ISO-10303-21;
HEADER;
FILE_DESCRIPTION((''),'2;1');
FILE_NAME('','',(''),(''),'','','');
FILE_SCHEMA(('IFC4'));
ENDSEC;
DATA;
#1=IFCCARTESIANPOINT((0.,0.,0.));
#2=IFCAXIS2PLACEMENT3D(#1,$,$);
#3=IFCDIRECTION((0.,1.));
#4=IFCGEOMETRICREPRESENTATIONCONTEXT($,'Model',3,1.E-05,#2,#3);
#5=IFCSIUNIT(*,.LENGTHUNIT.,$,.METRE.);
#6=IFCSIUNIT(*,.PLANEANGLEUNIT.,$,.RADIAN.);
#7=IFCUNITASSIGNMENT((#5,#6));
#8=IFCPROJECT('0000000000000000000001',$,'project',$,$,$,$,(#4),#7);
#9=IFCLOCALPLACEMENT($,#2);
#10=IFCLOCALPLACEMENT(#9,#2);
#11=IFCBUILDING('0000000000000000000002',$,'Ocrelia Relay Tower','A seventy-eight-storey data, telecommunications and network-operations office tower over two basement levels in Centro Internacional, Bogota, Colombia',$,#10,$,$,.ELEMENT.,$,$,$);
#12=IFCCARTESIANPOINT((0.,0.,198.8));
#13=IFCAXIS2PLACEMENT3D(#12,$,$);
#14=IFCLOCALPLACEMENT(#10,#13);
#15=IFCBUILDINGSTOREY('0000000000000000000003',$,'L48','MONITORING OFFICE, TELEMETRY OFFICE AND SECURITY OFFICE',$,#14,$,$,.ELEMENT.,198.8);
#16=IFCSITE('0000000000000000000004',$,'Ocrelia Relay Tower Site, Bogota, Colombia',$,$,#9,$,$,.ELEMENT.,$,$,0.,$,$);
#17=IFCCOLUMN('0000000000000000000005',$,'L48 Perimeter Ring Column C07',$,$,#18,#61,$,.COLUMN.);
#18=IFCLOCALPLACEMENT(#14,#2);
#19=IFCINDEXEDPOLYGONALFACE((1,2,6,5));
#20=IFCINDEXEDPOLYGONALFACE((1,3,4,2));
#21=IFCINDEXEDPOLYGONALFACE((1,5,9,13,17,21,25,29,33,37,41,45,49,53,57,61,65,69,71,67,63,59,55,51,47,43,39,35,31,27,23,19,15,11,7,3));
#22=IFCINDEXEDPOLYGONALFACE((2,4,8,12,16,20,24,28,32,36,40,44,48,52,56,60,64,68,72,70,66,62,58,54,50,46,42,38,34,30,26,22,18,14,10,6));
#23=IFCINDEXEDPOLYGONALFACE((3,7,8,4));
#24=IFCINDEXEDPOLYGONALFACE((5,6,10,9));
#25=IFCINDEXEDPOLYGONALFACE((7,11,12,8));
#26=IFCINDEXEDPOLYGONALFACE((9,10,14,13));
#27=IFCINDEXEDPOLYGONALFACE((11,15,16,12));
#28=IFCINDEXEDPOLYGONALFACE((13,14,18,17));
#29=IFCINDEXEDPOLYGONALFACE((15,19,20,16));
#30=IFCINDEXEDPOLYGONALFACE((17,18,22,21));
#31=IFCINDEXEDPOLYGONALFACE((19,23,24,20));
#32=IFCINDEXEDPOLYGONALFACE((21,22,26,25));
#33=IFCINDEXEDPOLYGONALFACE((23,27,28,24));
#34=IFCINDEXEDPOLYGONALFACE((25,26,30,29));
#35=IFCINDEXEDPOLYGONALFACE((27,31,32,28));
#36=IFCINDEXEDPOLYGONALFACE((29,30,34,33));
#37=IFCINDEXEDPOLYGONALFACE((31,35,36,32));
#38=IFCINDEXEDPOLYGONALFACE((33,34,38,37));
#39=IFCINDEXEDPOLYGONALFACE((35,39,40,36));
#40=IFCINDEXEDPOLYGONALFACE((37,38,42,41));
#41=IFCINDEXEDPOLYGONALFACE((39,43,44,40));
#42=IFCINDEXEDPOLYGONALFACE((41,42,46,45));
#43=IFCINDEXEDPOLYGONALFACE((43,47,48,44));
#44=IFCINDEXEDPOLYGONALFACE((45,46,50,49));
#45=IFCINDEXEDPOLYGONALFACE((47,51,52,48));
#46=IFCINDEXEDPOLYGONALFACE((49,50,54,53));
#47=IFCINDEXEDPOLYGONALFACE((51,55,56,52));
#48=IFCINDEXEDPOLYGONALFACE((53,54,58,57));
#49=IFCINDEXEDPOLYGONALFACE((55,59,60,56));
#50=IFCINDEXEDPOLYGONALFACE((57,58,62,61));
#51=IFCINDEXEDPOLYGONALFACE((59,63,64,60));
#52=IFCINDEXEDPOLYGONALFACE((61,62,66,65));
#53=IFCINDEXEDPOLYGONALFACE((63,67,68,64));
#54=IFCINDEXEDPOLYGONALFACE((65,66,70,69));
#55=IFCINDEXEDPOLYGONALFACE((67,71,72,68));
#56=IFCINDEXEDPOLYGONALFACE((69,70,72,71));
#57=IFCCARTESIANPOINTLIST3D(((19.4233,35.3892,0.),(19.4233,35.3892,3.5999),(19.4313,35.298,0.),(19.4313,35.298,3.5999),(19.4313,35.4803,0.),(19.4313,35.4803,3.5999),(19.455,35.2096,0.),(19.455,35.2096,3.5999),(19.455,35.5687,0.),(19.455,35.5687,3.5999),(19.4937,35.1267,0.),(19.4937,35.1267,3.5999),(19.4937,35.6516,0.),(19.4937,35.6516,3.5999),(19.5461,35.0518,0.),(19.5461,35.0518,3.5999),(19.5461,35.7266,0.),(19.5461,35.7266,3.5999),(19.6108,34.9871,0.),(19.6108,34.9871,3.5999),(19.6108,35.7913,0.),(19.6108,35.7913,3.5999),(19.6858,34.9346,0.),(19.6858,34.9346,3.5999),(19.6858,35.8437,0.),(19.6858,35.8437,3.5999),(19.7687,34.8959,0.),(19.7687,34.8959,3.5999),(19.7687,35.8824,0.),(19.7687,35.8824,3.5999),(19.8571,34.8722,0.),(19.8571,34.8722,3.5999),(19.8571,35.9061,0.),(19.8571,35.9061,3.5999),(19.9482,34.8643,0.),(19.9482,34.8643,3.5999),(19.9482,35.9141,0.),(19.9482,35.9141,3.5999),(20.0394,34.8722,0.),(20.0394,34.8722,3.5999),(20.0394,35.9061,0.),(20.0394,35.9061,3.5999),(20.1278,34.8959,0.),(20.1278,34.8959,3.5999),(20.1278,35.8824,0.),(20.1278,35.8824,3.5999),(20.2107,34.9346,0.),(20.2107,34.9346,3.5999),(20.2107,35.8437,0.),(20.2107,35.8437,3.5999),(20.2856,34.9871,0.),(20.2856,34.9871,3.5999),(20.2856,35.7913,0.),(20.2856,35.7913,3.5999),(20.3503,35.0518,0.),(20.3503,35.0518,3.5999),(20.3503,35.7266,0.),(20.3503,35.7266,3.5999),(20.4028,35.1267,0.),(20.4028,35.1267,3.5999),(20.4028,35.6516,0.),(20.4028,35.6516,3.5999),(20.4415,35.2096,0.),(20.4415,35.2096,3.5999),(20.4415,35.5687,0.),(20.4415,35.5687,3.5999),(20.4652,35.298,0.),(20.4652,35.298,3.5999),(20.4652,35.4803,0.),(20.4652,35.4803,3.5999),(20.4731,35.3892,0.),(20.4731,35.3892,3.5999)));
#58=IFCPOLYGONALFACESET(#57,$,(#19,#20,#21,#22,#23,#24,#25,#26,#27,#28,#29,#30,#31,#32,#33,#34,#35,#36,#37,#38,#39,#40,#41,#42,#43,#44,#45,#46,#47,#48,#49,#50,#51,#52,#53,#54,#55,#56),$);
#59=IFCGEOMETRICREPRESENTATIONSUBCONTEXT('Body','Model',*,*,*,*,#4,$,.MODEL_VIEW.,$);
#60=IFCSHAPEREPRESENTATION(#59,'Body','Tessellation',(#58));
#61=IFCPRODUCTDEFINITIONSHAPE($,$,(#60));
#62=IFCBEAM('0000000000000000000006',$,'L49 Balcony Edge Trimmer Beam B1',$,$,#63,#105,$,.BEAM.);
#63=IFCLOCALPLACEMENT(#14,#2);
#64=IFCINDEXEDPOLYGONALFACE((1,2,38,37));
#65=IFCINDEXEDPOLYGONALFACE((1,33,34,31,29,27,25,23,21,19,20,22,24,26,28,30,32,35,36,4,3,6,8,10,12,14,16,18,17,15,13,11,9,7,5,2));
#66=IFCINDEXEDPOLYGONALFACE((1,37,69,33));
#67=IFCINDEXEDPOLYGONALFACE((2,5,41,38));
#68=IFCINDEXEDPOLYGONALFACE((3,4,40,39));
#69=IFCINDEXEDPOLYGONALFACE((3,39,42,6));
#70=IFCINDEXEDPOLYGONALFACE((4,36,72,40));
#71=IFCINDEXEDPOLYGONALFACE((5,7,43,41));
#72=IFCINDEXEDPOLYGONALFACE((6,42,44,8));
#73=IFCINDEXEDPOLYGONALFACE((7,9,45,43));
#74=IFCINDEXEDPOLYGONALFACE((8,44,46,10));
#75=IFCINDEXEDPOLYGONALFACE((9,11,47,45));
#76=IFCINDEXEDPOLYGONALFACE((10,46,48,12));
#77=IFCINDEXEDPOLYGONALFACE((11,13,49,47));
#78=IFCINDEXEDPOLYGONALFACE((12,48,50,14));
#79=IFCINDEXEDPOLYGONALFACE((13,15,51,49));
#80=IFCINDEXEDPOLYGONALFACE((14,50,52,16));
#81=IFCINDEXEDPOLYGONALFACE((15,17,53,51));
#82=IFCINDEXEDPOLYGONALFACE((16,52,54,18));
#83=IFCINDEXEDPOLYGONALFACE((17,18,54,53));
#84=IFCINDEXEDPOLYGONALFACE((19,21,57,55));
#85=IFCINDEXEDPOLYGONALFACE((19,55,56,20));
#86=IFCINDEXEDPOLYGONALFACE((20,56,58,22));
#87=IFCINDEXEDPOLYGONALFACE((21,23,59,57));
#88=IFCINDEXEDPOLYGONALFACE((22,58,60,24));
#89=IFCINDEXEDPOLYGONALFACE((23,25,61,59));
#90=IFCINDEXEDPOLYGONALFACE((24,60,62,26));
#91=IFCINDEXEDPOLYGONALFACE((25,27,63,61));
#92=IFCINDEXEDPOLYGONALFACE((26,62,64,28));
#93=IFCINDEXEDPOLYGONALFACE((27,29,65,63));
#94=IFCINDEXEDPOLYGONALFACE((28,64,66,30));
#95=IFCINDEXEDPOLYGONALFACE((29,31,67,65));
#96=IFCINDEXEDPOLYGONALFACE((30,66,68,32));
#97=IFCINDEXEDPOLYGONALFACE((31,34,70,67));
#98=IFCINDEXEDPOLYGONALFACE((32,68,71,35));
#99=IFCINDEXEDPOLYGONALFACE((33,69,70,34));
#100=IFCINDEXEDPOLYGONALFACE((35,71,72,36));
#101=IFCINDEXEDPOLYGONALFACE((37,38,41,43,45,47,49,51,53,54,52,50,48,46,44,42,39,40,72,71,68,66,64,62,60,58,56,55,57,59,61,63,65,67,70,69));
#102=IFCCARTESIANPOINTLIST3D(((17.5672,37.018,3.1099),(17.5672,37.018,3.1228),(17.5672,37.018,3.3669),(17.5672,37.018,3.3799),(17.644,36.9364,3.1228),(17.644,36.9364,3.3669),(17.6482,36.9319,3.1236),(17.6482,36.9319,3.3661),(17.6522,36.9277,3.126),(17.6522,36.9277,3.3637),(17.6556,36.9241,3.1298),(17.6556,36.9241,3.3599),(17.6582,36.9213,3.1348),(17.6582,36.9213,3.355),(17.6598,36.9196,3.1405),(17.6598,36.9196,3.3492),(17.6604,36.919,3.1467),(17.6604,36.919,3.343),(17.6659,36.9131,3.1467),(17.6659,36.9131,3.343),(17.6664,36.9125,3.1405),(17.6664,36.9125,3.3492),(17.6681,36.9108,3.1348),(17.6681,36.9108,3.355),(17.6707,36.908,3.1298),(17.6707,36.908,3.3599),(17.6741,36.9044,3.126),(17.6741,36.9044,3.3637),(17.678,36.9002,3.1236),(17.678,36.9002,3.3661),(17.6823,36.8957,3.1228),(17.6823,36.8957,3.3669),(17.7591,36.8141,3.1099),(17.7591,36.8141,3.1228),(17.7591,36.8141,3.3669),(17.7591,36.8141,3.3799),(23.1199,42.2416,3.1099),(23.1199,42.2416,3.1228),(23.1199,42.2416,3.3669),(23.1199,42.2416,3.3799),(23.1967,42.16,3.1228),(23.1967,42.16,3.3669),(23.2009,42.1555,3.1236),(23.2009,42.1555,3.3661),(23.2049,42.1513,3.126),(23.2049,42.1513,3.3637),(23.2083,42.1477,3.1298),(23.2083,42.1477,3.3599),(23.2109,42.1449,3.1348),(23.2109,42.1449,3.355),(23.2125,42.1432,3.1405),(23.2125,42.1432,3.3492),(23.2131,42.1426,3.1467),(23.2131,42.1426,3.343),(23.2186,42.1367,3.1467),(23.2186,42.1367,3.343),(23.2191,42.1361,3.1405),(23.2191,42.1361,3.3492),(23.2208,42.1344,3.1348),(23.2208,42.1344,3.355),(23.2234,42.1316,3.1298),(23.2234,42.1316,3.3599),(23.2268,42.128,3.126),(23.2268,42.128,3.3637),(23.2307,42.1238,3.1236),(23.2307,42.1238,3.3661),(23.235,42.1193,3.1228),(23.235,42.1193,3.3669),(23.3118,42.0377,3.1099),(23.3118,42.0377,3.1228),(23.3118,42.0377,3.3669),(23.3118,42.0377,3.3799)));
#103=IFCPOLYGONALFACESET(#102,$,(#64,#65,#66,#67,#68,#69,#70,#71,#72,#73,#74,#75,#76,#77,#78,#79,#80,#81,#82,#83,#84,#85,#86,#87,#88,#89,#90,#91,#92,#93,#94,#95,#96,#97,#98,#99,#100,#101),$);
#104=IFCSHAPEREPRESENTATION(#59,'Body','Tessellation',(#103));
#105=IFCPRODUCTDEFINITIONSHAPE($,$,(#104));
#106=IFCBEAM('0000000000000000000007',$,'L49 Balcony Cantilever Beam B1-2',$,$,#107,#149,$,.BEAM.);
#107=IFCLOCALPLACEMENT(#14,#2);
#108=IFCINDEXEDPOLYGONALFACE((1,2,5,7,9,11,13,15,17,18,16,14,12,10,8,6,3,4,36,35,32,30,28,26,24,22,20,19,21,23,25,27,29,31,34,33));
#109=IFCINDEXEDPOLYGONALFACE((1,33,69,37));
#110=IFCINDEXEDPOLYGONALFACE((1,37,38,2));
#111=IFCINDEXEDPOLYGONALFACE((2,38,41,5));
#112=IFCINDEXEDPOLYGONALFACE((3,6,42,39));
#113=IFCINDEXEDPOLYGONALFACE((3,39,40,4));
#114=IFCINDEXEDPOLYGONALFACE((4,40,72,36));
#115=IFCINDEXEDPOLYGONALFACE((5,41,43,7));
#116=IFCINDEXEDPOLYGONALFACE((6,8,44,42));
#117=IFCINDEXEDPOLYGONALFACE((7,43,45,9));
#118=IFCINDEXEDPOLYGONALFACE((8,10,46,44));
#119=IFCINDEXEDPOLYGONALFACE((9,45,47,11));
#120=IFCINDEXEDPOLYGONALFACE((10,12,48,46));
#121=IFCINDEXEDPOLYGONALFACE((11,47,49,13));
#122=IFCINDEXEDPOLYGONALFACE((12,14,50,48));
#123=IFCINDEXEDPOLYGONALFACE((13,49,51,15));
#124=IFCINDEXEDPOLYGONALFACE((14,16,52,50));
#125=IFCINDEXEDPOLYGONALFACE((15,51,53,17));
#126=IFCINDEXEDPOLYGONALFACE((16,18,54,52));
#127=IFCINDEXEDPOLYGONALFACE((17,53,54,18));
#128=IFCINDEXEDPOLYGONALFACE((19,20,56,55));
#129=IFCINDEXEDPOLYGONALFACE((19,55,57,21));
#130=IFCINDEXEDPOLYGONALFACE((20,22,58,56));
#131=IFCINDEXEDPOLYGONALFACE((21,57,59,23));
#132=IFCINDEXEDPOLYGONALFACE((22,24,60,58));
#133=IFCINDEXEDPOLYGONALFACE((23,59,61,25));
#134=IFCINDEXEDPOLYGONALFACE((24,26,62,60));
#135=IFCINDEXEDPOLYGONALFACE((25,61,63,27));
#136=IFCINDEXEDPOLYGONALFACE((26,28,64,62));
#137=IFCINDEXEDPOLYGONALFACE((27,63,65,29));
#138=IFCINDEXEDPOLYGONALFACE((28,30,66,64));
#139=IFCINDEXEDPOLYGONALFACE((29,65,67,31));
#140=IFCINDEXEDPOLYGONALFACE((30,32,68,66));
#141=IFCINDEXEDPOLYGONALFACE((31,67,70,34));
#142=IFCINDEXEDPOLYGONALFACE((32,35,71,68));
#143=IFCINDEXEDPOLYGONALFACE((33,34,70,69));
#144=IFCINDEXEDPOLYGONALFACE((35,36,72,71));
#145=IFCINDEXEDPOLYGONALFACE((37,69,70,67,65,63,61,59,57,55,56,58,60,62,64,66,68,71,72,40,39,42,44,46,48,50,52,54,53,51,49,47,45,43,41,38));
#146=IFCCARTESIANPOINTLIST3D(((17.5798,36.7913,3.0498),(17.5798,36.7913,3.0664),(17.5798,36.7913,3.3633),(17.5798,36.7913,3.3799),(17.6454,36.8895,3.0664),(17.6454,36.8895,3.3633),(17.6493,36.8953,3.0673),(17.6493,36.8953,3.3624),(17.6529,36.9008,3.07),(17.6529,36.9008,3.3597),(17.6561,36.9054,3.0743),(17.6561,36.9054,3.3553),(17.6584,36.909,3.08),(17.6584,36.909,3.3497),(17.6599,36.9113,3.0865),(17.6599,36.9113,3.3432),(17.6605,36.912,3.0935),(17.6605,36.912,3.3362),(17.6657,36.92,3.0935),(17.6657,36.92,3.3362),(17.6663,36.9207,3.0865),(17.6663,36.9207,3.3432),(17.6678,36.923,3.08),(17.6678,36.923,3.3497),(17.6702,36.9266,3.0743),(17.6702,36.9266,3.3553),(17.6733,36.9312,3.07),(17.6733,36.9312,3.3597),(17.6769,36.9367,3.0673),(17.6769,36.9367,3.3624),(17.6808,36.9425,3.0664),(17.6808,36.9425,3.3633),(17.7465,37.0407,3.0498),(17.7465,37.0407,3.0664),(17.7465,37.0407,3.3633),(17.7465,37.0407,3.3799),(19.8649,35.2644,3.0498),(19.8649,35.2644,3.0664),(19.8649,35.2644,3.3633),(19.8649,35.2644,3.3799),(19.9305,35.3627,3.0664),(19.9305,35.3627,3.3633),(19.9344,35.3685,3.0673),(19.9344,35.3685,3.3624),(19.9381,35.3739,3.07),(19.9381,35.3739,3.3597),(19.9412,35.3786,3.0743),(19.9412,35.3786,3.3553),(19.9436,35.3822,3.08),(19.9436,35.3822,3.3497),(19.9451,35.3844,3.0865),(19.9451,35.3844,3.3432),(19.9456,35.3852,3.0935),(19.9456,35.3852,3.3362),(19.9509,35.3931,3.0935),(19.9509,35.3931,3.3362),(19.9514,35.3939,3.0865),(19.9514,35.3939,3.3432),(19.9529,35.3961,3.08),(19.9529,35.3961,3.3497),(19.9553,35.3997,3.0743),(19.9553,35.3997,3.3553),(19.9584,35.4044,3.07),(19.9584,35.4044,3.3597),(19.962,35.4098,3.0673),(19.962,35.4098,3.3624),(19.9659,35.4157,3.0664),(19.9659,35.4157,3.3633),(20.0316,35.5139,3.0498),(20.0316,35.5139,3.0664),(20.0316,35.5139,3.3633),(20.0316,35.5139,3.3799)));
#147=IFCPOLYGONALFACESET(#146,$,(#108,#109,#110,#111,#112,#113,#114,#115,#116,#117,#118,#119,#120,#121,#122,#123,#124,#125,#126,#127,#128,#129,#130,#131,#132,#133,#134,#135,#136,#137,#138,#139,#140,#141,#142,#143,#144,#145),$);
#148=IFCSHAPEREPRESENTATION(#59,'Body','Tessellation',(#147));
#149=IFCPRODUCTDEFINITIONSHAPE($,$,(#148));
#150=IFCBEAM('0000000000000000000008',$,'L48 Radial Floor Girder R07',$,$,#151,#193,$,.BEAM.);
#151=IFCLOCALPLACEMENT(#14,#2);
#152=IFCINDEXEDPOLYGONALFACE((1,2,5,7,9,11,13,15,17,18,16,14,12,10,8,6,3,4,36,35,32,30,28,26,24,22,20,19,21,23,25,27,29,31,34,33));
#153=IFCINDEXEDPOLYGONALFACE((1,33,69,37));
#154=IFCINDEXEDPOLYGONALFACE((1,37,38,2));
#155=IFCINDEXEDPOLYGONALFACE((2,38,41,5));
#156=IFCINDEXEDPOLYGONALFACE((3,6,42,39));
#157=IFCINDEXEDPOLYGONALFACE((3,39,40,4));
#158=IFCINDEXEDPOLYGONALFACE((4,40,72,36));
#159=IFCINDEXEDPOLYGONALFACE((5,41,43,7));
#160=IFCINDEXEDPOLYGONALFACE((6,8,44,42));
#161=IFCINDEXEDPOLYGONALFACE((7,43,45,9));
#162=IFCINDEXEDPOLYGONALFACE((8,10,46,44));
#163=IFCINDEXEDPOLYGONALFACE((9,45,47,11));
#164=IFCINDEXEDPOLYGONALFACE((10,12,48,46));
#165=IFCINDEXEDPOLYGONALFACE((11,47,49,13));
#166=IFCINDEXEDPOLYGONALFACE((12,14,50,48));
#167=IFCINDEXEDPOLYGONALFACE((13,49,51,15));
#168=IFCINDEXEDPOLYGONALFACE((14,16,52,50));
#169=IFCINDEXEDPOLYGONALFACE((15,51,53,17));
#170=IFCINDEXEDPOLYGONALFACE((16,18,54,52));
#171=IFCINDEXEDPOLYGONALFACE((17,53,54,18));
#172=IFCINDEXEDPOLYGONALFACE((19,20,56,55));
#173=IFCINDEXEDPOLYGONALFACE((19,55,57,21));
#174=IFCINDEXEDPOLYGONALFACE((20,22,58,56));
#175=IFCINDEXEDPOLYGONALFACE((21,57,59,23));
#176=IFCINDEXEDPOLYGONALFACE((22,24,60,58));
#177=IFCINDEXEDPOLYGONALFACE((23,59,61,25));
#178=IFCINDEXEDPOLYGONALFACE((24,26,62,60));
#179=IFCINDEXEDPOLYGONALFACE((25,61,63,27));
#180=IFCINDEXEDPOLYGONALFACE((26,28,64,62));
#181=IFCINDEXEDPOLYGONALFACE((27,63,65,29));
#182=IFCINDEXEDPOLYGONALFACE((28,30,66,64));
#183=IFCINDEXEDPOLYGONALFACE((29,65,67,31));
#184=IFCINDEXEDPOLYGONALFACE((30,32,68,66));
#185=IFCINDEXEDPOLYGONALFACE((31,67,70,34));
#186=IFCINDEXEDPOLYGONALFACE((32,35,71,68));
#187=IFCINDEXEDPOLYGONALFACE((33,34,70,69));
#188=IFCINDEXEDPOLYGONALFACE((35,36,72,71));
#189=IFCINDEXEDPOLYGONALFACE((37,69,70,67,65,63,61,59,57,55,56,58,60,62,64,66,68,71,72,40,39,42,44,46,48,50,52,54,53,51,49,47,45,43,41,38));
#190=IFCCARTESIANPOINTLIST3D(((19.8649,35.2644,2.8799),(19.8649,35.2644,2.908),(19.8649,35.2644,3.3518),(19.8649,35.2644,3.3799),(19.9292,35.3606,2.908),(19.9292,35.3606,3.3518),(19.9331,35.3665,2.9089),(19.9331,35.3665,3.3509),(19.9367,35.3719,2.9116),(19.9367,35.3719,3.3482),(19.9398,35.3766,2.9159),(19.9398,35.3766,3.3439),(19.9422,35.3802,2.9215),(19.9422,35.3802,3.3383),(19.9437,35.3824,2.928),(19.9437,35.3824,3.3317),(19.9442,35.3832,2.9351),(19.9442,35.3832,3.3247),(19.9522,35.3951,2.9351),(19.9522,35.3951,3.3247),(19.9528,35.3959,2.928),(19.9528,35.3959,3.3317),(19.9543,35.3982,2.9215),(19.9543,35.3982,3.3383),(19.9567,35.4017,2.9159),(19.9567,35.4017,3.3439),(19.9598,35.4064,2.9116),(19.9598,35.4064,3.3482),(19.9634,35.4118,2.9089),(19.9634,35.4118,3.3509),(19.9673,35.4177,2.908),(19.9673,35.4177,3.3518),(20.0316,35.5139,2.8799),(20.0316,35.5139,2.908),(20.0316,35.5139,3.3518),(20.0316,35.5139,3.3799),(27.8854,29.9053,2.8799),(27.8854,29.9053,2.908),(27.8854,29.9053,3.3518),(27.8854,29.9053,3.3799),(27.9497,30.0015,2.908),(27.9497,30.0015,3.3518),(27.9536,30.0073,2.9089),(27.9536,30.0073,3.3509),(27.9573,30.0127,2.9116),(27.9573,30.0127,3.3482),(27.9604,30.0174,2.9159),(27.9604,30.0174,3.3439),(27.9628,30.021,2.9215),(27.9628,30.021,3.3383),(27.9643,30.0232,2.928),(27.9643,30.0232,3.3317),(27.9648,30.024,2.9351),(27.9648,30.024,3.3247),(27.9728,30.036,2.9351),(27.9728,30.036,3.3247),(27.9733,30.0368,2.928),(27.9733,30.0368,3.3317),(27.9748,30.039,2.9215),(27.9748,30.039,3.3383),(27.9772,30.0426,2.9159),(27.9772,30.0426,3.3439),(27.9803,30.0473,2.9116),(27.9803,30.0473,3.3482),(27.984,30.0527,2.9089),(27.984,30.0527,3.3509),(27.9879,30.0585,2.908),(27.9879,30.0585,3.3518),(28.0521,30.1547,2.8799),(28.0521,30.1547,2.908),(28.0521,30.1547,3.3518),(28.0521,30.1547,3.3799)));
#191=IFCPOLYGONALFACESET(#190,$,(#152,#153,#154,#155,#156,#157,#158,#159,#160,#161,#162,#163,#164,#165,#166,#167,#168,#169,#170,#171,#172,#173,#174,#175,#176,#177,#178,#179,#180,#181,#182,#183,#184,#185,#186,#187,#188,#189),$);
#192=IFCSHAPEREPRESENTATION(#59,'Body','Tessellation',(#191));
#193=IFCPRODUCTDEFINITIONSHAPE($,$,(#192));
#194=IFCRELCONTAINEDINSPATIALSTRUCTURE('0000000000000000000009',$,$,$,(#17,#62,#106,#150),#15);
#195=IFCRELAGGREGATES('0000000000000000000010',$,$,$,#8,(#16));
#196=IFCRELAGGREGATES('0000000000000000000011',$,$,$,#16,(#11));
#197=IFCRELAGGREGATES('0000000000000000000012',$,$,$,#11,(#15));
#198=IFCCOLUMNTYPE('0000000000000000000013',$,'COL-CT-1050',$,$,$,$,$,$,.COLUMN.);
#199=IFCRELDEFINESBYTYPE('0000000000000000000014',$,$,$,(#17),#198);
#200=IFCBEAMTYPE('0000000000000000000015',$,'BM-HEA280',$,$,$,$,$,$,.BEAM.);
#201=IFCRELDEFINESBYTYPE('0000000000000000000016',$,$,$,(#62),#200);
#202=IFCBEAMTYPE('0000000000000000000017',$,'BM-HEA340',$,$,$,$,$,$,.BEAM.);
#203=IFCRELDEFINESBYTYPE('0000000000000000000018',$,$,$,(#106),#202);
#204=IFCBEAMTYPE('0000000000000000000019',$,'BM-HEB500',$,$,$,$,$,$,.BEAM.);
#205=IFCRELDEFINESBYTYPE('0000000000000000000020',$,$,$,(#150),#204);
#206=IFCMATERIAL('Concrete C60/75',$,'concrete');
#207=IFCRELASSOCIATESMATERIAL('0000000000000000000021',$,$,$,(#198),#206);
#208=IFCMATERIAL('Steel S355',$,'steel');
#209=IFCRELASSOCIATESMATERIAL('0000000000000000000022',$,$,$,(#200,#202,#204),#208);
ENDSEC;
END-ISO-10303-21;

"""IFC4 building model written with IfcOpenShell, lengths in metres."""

from ifc_helpers import new_model, si_unit, direction, frame, origin, origin_2d, place, context, subcontext, project, spatial, circle, i_section, extrude, material, material_profile, profile_set, type_object, element, save


model = new_model("IFC4")

# Units and contexts
model_context = context("Model", 3, precision=1e-05, world=origin(), true_north=direction((0.0, 1.0)))
body_context = subcontext(model_context, "Body", "Model", "MODEL_VIEW")
ifc_project = project(units=[si_unit("LENGTHUNIT", "METRE"), si_unit("PLANEANGLEUNIT", "RADIAN")], contexts=[model_context])

# Site, building, storey
site_placement = place(None, origin())
site = spatial("IfcSite", under=ifc_project, at=site_placement, Name="Ocrelia Relay Tower Site, Bogota, Colombia", CompositionType="ELEMENT", RefElevation=0.0)
building_placement = place(site_placement, origin())
building = spatial("IfcBuilding", under=site, at=building_placement, Name="Ocrelia Relay Tower", Description="A seventy-eight-storey data, telecommunications and network-operations office tower over two basement levels in Centro Internacional, Bogota, Colombia", CompositionType="ELEMENT")
storey_placement = place(building_placement, frame((0.0, 0.0, 198.8)))
storey = spatial("IfcBuildingStorey", under=building, at=storey_placement, Name="L48", Description="MONITORING OFFICE, TELEMETRY OFFICE AND SECURITY OFFICE", CompositionType="ELEMENT", Elevation=198.8)

# Column
ifc_material_1 = material(Name="Concrete C60/75", Category="concrete")
ifc_material_profile_1 = material_profile(ifc_material_1, circle(Radius=0.5249, at=origin_2d()), Name="RC-CIR-1050")
ifc_profile_set_1 = profile_set([ifc_material_profile_1], Name="Concrete C60/75")
column_type = type_object("IfcColumnType", Name="COL-CT-1050", PredefinedType="COLUMN", material=ifc_profile_set_1)
column_placement = place(storey_placement, frame((19.9482, 35.3892, 0.0), z_axis=(0.0, 0.0, 1.0), x_axis=(1.0, 0.0, 0.0)))
element("IfcColumn", 1, at=column_placement, inside=storey, type_object=column_type, Name="L48 Perimeter Ring Column C07", PredefinedType="COLUMN", context=body_context, shape_type="SweptSolid", body=[
    extrude(circle(Radius=0.5249, at=origin_2d()), origin(), (0.0, 0.0, 1.0), 3.5999),
])

# Beams
ifc_material_2 = material(Name="Steel S355", Category="steel")
ifc_material_profile_2 = material_profile(ifc_material_2, i_section(OverallWidth=0.28, OverallDepth=0.27, WebThickness=0.0081, FlangeThickness=0.0129, FilletRadius=0.0239, at=origin_2d()), Name="HEA 280")
ifc_profile_set_2 = profile_set([ifc_material_profile_2], Name="Steel S355")
beam_type_1 = type_object("IfcBeamType", Name="BM-HEA280", PredefinedType="BEAM", material=ifc_profile_set_2)
beam_1_placement = place(storey_placement, frame((23.2158, 42.1396, 3.2449), z_axis=(-0.728362, -0.685193, 0.0), x_axis=(0.685193, -0.728362, 0.0)))
element("IfcBeam", 2, at=beam_1_placement, inside=storey, type_object=beam_type_1, Name="L49 Balcony Edge Trimmer Beam B1", PredefinedType="BEAM", context=body_context, shape_type="SweptSolid", body=[
    extrude(i_section(OverallWidth=0.28, OverallDepth=0.27, WebThickness=0.0081, FlangeThickness=0.0129, FilletRadius=0.0239, at=origin_2d()), origin(), (0.0, 0.0, 1.0), 7.6235),
])
ifc_material_profile_3 = material_profile(ifc_material_2, i_section(OverallWidth=0.3, OverallDepth=0.3301, WebThickness=0.0095, FlangeThickness=0.0166, FilletRadius=0.0271, at=origin_2d()), Name="HEA 340")
ifc_profile_set_3 = profile_set([ifc_material_profile_3], Name="Steel S355")
beam_type_2 = type_object("IfcBeamType", Name="BM-HEA340", PredefinedType="BEAM", material=ifc_profile_set_3)
beam_2_placement = place(storey_placement, frame((19.9482, 35.3892, 3.2148), z_axis=(-0.831476, 0.555561, 0.0), x_axis=(-0.555561, -0.831476, 0.0)))
element("IfcBeam", 3, at=beam_2_placement, inside=storey, type_object=beam_type_2, Name="L49 Balcony Cantilever Beam B1-2", PredefinedType="BEAM", context=body_context, shape_type="SweptSolid", body=[
    extrude(i_section(OverallWidth=0.3, OverallDepth=0.3301, WebThickness=0.0095, FlangeThickness=0.0166, FilletRadius=0.0271, at=origin_2d()), origin(), (0.0, 0.0, 1.0), 2.7483),
])
ifc_material_profile_4 = material_profile(ifc_material_2, i_section(OverallWidth=0.3, OverallDepth=0.5, WebThickness=0.0144, FlangeThickness=0.0281, FilletRadius=0.0271, at=origin_2d()), Name="HEB 500")
ifc_profile_set_4 = profile_set([ifc_material_profile_4], Name="Steel S355")
beam_type_3 = type_object("IfcBeamType", Name="BM-HEB500", PredefinedType="BEAM", material=ifc_profile_set_4)
beam_3_placement = place(storey_placement, frame((19.9482, 35.3892, 3.1299), z_axis=(0.83147, -0.55557, 0.0), x_axis=(0.55557, 0.83147, 0.0)))
element("IfcBeam", 4, at=beam_3_placement, inside=storey, type_object=beam_type_3, Name="L48 Radial Floor Girder R07", PredefinedType="BEAM", context=body_context, shape_type="SweptSolid", body=[
    extrude(i_section(OverallWidth=0.3, OverallDepth=0.5, WebThickness=0.0144, FlangeThickness=0.0281, FilletRadius=0.0271, at=origin_2d()), origin(), (0.0, 0.0, 1.0), 9.6462),
])

save(model, "model.ifc")
